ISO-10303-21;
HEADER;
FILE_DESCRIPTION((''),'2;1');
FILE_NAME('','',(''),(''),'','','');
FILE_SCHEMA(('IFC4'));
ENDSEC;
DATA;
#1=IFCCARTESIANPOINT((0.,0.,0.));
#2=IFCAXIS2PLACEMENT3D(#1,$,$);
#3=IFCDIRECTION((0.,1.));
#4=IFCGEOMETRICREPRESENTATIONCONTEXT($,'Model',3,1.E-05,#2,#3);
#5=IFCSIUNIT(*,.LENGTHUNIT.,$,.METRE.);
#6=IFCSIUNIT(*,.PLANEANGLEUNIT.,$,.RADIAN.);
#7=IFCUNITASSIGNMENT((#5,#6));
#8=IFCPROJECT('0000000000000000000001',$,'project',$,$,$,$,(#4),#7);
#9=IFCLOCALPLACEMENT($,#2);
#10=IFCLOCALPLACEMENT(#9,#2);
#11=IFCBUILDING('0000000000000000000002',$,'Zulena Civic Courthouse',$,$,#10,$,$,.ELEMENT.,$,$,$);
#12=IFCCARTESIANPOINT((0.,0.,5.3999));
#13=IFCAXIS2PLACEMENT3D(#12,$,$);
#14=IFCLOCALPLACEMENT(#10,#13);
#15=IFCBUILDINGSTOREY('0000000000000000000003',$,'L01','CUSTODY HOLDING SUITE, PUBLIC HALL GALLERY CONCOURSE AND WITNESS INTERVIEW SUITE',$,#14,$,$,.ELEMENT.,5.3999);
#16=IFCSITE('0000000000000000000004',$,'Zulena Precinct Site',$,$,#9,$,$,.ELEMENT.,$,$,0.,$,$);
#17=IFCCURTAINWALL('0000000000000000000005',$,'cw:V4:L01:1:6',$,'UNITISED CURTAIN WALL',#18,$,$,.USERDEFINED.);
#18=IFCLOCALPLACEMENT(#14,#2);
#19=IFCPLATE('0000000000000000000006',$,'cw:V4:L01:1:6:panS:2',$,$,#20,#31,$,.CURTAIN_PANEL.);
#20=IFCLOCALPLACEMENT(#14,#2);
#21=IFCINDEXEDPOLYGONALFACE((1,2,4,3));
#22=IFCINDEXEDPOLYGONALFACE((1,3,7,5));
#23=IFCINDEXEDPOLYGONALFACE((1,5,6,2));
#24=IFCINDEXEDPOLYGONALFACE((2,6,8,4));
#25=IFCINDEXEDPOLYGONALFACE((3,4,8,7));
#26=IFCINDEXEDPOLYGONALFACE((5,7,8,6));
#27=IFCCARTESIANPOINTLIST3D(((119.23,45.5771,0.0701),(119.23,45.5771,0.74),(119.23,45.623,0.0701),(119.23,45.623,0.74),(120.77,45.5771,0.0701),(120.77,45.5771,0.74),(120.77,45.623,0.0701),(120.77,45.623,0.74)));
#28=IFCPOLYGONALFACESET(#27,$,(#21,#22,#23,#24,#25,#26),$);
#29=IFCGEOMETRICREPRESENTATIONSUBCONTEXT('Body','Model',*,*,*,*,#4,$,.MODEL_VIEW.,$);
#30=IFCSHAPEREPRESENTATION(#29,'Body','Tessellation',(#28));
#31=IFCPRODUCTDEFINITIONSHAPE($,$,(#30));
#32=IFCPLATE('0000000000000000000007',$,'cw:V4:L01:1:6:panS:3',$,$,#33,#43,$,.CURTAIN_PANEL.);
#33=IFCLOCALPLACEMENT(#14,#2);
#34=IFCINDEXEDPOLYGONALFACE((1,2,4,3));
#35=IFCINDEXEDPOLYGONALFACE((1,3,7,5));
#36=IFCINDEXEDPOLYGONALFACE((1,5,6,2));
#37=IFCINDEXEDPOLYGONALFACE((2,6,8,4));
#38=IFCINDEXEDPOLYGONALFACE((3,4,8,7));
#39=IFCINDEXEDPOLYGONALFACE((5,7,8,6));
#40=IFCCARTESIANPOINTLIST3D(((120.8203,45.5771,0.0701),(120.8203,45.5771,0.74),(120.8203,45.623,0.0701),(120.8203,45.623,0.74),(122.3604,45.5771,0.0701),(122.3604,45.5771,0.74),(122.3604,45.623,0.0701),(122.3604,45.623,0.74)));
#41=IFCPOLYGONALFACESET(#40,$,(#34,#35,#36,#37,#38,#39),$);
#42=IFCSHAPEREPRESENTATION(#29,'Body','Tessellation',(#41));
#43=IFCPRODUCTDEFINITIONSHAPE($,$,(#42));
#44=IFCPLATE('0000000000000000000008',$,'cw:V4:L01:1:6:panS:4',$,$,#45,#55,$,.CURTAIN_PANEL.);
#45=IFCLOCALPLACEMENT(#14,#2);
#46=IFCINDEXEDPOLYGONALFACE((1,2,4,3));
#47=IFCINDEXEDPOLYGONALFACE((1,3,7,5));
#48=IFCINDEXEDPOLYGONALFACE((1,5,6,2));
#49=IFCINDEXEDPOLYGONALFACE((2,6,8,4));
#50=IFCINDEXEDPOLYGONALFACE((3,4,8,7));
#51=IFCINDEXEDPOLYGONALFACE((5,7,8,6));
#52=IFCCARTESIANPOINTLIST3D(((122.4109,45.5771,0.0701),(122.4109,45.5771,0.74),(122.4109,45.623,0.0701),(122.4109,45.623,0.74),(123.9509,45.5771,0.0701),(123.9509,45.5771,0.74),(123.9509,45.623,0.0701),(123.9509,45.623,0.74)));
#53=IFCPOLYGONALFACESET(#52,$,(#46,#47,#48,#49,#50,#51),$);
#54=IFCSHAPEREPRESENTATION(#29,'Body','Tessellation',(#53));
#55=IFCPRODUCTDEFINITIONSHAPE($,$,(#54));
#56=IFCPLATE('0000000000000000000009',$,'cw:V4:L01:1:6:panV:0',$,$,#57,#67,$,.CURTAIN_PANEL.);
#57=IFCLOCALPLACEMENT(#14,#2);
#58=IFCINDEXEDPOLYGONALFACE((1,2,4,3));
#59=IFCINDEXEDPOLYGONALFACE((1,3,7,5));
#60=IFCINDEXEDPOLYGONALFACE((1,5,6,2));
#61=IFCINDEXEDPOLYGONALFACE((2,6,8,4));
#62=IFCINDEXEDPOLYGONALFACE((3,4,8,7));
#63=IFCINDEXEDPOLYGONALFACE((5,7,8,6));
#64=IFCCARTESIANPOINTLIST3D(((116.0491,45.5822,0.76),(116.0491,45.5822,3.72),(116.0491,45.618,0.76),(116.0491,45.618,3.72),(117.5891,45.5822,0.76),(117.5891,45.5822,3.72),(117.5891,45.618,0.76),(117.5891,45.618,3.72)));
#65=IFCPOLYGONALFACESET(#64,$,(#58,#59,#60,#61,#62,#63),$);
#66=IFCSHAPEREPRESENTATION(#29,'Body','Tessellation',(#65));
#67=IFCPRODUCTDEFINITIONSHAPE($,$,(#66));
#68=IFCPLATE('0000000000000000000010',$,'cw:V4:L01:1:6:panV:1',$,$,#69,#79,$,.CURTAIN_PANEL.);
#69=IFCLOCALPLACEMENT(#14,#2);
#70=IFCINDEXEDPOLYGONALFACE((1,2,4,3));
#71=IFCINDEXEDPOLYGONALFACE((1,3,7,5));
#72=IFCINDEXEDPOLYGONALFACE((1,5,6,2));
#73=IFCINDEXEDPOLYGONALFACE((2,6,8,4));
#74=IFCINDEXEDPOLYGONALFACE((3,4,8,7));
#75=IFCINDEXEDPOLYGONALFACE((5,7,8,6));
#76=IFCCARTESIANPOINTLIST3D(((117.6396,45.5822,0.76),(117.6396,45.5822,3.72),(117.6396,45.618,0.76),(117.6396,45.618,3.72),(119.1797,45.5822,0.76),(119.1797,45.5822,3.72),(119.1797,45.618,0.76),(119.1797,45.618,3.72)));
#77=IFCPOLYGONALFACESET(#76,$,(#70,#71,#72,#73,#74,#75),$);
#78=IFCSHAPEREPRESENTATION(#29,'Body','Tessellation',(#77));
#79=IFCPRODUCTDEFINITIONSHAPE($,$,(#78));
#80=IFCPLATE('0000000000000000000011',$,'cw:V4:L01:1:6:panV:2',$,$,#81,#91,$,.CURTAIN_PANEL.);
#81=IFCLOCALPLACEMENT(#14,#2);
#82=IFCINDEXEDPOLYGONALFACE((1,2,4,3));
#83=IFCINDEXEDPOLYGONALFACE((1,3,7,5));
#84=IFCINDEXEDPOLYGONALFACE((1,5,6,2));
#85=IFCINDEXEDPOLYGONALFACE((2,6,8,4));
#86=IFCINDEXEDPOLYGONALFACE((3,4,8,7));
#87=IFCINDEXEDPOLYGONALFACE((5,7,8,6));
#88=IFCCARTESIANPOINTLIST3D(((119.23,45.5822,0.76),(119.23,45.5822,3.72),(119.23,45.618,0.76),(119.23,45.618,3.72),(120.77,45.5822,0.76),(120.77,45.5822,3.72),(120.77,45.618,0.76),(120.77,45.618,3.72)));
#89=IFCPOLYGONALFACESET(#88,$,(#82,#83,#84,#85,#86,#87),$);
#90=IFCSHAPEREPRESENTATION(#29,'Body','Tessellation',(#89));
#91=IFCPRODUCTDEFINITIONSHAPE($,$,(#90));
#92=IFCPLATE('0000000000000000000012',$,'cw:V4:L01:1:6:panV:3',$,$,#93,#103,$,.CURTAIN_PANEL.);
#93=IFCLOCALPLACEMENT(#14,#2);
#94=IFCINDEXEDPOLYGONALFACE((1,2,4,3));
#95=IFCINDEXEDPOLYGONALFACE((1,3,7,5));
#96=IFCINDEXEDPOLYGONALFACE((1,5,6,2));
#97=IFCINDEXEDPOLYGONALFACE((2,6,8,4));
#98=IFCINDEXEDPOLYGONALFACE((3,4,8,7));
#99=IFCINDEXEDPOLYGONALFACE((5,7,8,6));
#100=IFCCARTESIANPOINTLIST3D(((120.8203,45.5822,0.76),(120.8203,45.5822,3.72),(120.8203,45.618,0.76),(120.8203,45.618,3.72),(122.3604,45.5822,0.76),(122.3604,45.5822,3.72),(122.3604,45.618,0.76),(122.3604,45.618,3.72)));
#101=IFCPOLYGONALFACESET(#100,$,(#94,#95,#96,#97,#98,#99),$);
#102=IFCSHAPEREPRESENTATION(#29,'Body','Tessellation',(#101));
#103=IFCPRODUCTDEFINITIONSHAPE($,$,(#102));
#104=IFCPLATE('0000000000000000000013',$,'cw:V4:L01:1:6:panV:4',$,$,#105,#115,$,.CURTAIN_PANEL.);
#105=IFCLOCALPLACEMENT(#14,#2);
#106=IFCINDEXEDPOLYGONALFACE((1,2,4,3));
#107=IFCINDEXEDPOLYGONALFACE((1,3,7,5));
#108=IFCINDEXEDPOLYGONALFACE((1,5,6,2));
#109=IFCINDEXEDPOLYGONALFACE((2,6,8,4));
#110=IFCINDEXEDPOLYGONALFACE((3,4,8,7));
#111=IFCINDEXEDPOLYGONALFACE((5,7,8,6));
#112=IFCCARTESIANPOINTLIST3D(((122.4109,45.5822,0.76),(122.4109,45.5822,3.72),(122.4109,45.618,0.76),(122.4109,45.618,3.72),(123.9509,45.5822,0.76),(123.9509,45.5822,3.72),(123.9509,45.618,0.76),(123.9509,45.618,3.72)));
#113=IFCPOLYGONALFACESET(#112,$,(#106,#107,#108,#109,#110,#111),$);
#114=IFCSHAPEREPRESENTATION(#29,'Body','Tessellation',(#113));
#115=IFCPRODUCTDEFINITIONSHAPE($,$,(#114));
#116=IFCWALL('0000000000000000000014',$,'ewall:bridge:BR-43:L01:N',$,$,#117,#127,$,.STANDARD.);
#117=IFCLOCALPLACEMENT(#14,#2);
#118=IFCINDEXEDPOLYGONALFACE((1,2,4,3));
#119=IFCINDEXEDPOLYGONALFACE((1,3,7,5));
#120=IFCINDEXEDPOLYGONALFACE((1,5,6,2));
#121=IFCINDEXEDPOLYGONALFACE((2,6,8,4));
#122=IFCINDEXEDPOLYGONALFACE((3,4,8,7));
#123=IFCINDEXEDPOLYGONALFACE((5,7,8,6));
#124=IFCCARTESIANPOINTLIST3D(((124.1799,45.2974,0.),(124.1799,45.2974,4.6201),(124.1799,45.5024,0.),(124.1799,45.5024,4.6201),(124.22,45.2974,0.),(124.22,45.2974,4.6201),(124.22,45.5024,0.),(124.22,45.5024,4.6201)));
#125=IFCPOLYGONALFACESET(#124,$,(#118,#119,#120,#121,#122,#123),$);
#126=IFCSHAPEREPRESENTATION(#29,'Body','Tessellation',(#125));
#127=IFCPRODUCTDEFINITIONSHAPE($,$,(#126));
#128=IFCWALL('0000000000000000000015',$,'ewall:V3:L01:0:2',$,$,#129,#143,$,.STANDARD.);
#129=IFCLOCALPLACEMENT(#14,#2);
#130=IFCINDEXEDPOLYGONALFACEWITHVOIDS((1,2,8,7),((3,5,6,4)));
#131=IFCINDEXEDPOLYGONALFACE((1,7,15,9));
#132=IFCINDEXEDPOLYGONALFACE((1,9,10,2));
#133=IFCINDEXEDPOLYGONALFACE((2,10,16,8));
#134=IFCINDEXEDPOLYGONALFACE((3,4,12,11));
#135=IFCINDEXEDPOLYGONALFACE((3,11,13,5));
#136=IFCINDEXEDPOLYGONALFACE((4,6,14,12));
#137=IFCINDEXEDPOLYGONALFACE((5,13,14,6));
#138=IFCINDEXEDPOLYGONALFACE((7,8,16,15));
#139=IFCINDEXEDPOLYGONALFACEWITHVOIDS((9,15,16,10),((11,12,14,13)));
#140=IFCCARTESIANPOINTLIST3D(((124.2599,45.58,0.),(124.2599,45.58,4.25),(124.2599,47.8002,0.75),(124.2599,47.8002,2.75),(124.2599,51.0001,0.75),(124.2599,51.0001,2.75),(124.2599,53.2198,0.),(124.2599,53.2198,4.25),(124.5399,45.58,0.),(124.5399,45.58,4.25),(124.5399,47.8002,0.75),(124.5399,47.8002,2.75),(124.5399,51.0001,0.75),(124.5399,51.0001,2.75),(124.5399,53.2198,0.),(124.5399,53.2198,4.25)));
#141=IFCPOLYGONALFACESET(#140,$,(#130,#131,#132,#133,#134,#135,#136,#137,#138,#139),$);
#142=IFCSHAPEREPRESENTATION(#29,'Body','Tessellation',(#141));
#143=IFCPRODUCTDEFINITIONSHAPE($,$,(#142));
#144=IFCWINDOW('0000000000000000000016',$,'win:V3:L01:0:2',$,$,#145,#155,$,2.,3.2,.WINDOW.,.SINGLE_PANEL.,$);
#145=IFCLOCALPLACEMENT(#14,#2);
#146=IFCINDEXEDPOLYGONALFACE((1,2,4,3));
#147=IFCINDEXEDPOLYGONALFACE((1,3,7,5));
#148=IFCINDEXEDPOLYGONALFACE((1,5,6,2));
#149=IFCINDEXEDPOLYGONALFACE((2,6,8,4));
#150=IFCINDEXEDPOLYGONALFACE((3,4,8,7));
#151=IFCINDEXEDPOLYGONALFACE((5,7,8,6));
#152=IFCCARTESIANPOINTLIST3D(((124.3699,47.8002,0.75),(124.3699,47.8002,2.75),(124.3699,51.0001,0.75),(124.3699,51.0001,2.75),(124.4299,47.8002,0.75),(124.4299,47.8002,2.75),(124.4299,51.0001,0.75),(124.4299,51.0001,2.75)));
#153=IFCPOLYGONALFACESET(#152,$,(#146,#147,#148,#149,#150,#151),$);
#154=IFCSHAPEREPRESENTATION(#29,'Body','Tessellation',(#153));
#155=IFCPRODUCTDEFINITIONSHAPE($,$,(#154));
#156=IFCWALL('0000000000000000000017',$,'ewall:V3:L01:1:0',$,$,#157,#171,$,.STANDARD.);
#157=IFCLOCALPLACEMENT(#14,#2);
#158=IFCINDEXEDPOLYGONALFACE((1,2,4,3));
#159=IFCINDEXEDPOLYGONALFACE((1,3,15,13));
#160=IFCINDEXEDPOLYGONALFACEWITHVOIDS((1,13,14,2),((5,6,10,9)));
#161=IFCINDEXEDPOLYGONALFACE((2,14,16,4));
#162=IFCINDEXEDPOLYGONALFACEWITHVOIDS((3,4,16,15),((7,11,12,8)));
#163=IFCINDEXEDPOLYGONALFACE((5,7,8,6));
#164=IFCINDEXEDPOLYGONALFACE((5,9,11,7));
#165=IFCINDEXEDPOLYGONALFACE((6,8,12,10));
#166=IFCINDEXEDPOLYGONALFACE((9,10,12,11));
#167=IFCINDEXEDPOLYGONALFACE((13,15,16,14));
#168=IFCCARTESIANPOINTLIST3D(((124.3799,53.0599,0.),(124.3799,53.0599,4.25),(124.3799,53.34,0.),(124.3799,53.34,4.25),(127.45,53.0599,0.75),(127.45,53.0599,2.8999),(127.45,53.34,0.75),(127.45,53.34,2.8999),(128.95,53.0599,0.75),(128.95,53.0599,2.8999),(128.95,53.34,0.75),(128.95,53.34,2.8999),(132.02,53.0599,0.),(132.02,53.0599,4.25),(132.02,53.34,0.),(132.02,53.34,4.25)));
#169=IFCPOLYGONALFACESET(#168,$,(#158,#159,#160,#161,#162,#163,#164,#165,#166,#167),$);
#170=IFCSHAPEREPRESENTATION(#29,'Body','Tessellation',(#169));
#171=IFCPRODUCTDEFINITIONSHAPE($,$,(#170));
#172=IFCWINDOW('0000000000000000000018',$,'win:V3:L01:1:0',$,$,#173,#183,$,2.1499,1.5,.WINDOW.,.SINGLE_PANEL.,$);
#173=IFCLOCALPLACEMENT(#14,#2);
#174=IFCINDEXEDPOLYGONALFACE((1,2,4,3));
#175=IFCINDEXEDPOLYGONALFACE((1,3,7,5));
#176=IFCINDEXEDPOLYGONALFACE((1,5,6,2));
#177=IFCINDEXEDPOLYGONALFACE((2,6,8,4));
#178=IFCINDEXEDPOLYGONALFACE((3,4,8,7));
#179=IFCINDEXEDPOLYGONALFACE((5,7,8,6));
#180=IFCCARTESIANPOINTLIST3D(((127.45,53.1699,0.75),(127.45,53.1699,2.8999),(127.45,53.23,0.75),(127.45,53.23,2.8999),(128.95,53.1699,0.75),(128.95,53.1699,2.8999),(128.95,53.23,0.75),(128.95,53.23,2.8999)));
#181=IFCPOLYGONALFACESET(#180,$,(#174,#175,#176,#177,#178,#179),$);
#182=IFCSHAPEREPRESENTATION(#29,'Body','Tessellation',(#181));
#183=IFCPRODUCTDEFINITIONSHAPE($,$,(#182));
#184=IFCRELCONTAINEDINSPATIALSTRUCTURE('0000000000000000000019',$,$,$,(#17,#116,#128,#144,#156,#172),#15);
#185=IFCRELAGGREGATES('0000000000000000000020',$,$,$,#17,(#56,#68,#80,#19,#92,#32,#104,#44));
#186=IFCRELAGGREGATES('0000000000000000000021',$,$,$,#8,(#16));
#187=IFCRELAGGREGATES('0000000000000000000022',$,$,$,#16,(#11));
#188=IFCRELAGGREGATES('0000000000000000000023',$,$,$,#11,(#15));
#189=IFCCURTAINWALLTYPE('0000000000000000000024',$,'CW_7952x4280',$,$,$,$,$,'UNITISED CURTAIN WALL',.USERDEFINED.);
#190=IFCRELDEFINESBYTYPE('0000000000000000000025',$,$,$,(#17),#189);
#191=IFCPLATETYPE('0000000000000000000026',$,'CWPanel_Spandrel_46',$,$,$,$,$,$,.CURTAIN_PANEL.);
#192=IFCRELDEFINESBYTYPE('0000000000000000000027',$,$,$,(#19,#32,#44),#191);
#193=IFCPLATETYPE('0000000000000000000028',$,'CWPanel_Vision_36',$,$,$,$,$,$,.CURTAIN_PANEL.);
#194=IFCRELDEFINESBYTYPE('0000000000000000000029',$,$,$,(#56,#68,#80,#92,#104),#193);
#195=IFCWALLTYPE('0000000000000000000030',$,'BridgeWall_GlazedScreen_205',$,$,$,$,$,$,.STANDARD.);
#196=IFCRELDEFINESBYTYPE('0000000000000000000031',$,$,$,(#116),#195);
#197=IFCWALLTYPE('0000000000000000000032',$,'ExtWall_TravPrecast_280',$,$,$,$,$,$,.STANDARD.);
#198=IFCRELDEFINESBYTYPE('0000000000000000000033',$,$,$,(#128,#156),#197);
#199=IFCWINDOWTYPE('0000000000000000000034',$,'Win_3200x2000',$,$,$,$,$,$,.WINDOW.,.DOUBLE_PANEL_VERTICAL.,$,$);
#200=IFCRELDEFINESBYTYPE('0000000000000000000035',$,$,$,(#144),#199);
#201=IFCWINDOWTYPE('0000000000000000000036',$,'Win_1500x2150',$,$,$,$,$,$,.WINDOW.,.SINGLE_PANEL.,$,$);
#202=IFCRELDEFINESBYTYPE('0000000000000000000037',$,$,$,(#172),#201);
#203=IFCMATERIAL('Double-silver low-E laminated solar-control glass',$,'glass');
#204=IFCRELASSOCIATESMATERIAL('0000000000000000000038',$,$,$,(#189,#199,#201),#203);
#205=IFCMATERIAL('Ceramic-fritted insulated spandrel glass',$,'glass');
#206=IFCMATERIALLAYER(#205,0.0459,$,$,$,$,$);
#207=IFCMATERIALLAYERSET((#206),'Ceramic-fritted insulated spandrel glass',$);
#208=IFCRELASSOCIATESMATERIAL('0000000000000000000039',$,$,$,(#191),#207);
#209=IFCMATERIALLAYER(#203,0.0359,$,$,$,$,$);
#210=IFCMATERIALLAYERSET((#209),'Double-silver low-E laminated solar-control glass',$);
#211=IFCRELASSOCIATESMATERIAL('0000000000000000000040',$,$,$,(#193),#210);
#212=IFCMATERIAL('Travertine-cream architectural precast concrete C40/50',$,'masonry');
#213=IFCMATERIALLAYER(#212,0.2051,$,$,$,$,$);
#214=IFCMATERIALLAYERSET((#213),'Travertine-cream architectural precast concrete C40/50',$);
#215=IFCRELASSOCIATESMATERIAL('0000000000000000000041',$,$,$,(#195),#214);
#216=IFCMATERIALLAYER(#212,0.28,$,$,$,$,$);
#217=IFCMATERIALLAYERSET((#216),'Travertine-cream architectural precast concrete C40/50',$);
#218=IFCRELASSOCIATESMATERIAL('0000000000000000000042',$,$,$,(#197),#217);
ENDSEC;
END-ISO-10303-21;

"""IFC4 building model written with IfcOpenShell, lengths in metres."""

from ifc_helpers import new_model, si_unit, direction, frame, frame_2d, origin, origin_2d, place, context, subcontext, project, spatial, rectangle, extrude, material, layer, layer_set, type_object, element, fill, aggregate, save


model = new_model("IFC4")

# Units and contexts
model_context = context("Model", 3, precision=1e-05, world=origin(), true_north=direction((0.0, 1.0)))
body_context = subcontext(model_context, "Body", "Model", "MODEL_VIEW")
ifc_project = project(units=[si_unit("LENGTHUNIT", "METRE"), si_unit("PLANEANGLEUNIT", "RADIAN")], contexts=[model_context])

# Site, building, storey
site_placement = place(None, origin())
site = spatial("IfcSite", under=ifc_project, at=site_placement, Name="Zulena Precinct Site", CompositionType="ELEMENT", RefElevation=0.0)
building_placement = place(site_placement, origin())
building = spatial("IfcBuilding", under=site, at=building_placement, Name="Zulena Civic Courthouse", CompositionType="ELEMENT")
storey_placement = place(building_placement, frame((0.0, 0.0, 5.3999)))
storey = spatial("IfcBuildingStorey", under=building, at=storey_placement, Name="L01", Description="CUSTODY HOLDING SUITE, PUBLIC HALL GALLERY CONCOURSE AND WITNESS INTERVIEW SUITE", CompositionType="ELEMENT", Elevation=5.3999)

# Curtain wall
ifc_material_1 = material(Name="Double-silver low-E laminated solar-control glass", Category="glass")
curtain_wall_type = type_object("IfcCurtainWallType", Name="CW_7952x4280", ElementType="UNITISED CURTAIN WALL", PredefinedType="USERDEFINED", material=ifc_material_1)
curtain_wall_placement = place(storey_placement, origin())
curtain_wall = element("IfcCurtainWall", 1, at=curtain_wall_placement, inside=storey, type_object=curtain_wall_type, Name="cw:V4:L01:1:6", ObjectType="UNITISED CURTAIN WALL", PredefinedType="USERDEFINED")

# Plates
ifc_material_2 = material(Name="Ceramic-fritted insulated spandrel glass", Category="glass")
ifc_layer_1 = layer(ifc_material_2, 0.0459)
ifc_layer_set_1 = layer_set([ifc_layer_1], Name="Ceramic-fritted insulated spandrel glass")
plate_type_1 = type_object("IfcPlateType", Name="CWPanel_Spandrel_46", PredefinedType="CURTAIN_PANEL", material=ifc_layer_set_1)
plate_1_placement = place(storey_placement, frame((120.0, 45.6001, 0.0701), z_axis=(0.0, 0.0, 1.0), x_axis=(1.0, 0.0, 0.0)))
plate_1 = element("IfcPlate", 2, at=plate_1_placement, type_object=plate_type_1, Name="cw:V4:L01:1:6:panS:2", PredefinedType="CURTAIN_PANEL", context=body_context, shape_type="SweptSolid", body=[
    extrude(rectangle(XDim=1.54, YDim=0.0459, at=origin_2d()), origin(), (0.0, 0.0, 1.0), 0.6699),
])
plate_2_placement = place(storey_placement, frame((121.5903, 45.6001, 0.0701), z_axis=(0.0, 0.0, 1.0), x_axis=(1.0, 0.0, 0.0)))
plate_2 = element("IfcPlate", 3, at=plate_2_placement, type_object=plate_type_1, Name="cw:V4:L01:1:6:panS:3", PredefinedType="CURTAIN_PANEL", context=body_context, shape_type="SweptSolid", body=[
    extrude(rectangle(XDim=1.54, YDim=0.0459, at=origin_2d()), origin(), (0.0, 0.0, 1.0), 0.6699),
])
plate_3_placement = place(storey_placement, frame((123.1809, 45.6001, 0.0701), z_axis=(0.0, 0.0, 1.0), x_axis=(1.0, 0.0, 0.0)))
plate_3 = element("IfcPlate", 4, at=plate_3_placement, type_object=plate_type_1, Name="cw:V4:L01:1:6:panS:4", PredefinedType="CURTAIN_PANEL", context=body_context, shape_type="SweptSolid", body=[
    extrude(rectangle(XDim=1.54, YDim=0.0459, at=origin_2d()), origin(), (0.0, 0.0, 1.0), 0.6699),
])
ifc_layer_2 = layer(ifc_material_1, 0.0359)
ifc_layer_set_2 = layer_set([ifc_layer_2], Name="Double-silver low-E laminated solar-control glass")
plate_type_2 = type_object("IfcPlateType", Name="CWPanel_Vision_36", PredefinedType="CURTAIN_PANEL", material=ifc_layer_set_2)
plate_4_placement = place(storey_placement, frame((116.8191, 45.6001, 0.76), z_axis=(0.0, 0.0, 1.0), x_axis=(1.0, 0.0, 0.0)))
plate_4 = element("IfcPlate", 5, at=plate_4_placement, type_object=plate_type_2, Name="cw:V4:L01:1:6:panV:0", PredefinedType="CURTAIN_PANEL", context=body_context, shape_type="SweptSolid", body=[
    extrude(rectangle(XDim=1.54, YDim=0.0359, at=origin_2d()), origin(), (0.0, 0.0, 1.0), 2.96),
])
plate_5_placement = place(storey_placement, frame((118.4097, 45.6001, 0.76), z_axis=(0.0, 0.0, 1.0), x_axis=(1.0, 0.0, 0.0)))
plate_5 = element("IfcPlate", 6, at=plate_5_placement, type_object=plate_type_2, Name="cw:V4:L01:1:6:panV:1", PredefinedType="CURTAIN_PANEL", context=body_context, shape_type="SweptSolid", body=[
    extrude(rectangle(XDim=1.54, YDim=0.0359, at=origin_2d()), origin(), (0.0, 0.0, 1.0), 2.96),
])
plate_6_placement = place(storey_placement, frame((120.0, 45.6001, 0.76), z_axis=(0.0, 0.0, 1.0), x_axis=(1.0, 0.0, 0.0)))
plate_6 = element("IfcPlate", 7, at=plate_6_placement, type_object=plate_type_2, Name="cw:V4:L01:1:6:panV:2", PredefinedType="CURTAIN_PANEL", context=body_context, shape_type="SweptSolid", body=[
    extrude(rectangle(XDim=1.54, YDim=0.0359, at=origin_2d()), origin(), (0.0, 0.0, 1.0), 2.96),
])
plate_7_placement = place(storey_placement, frame((121.5903, 45.6001, 0.76), z_axis=(0.0, 0.0, 1.0), x_axis=(1.0, 0.0, 0.0)))
plate_7 = element("IfcPlate", 8, at=plate_7_placement, type_object=plate_type_2, Name="cw:V4:L01:1:6:panV:3", PredefinedType="CURTAIN_PANEL", context=body_context, shape_type="SweptSolid", body=[
    extrude(rectangle(XDim=1.54, YDim=0.0359, at=origin_2d()), origin(), (0.0, 0.0, 1.0), 2.96),
])
plate_8_placement = place(storey_placement, frame((123.1809, 45.6001, 0.76), z_axis=(0.0, 0.0, 1.0), x_axis=(1.0, 0.0, 0.0)))
plate_8 = element("IfcPlate", 9, at=plate_8_placement, type_object=plate_type_2, Name="cw:V4:L01:1:6:panV:4", PredefinedType="CURTAIN_PANEL", context=body_context, shape_type="SweptSolid", body=[
    extrude(rectangle(XDim=1.54, YDim=0.0359, at=origin_2d()), origin(), (0.0, 0.0, 1.0), 2.96),
])
aggregate(curtain_wall, [plate_4, plate_5, plate_6, plate_1, plate_7, plate_2, plate_8, plate_3])

# Wall
ifc_material_3 = material(Name="Travertine-cream architectural precast concrete C40/50", Category="masonry")
ifc_layer_3 = layer(ifc_material_3, 0.2051)
ifc_layer_set_3 = layer_set([ifc_layer_3], Name="Travertine-cream architectural precast concrete C40/50")
wall_type_1 = type_object("IfcWallType", Name="BridgeWall_GlazedScreen_205", PredefinedType="STANDARD", material=ifc_layer_set_3)
wall_1_placement = place(storey_placement, frame((124.1799, 45.3999, 0.0), z_axis=(0.0, 0.0, 1.0), x_axis=(1.0, 0.0, 0.0)))
element("IfcWall", 10, at=wall_1_placement, inside=storey, type_object=wall_type_1, Name="ewall:bridge:BR-43:L01:N", PredefinedType="STANDARD", context=body_context, shape_type="SweptSolid", body=[
    extrude(rectangle(XDim=0.04, YDim=0.2051, at=frame_2d((0.02, 0.0))), origin(), (0.0, 0.0, 1.0), 4.6201),
])

# Walls, openings, windows
ifc_layer_4 = layer(ifc_material_3, 0.28)
ifc_layer_set_4 = layer_set([ifc_layer_4], Name="Travertine-cream architectural precast concrete C40/50")
wall_type_2 = type_object("IfcWallType", Name="ExtWall_TravPrecast_280", PredefinedType="STANDARD", material=ifc_layer_set_4)
wall_2_placement = place(storey_placement, frame((124.3999, 45.5801, 0.0), z_axis=(0.0, 0.0, 1.0), x_axis=(0.0, 1.0, 0.0)))
wall_2 = element("IfcWall", 11, at=wall_2_placement, inside=storey, type_object=wall_type_2, Name="ewall:V3:L01:0:2", PredefinedType="STANDARD", context=body_context, shape_type="SweptSolid", body=[
    extrude(rectangle(XDim=7.6399, YDim=0.28, at=frame_2d((3.8198, 0.0))), origin(), (0.0, 0.0, 1.0), 4.25),
])
opening_1_placement = place(wall_2_placement, frame((2.22, 0.0, 0.75)))
opening_1 = element("IfcOpeningElement", 12, at=opening_1_placement, cuts=wall_2, PredefinedType="OPENING", context=body_context, shape_type="SweptSolid", body=[
    extrude(rectangle(XDim=3.2, YDim=2.0, at=frame_2d((1.6001, 1.0))), frame((0.0, 0.1499, 0.0), z_axis=(0.0, -1.0, 0.0), x_axis=(1.0, 0.0, 0.0)), (0.0, 0.0, 1.0), 0.3),
])
window_type_1 = type_object("IfcWindowType", Name="Win_3200x2000", PartitioningType="DOUBLE_PANEL_VERTICAL", PredefinedType="WINDOW", material=ifc_material_1)
window_1_placement = place(opening_1_placement, origin())
window_1 = element("IfcWindow", 13, at=window_1_placement, inside=storey, type_object=window_type_1, Name="win:V3:L01:0:2", OverallHeight=2.0, OverallWidth=3.2, PartitioningType="SINGLE_PANEL", PredefinedType="WINDOW", context=body_context, shape_type="SweptSolid", body=[
    extrude(rectangle(XDim=3.2, YDim=2.0, at=frame_2d((1.6001, 1.0))), frame((0.0, 0.03, 0.0), z_axis=(0.0, -1.0, 0.0), x_axis=(1.0, 0.0, 0.0)), (0.0, 0.0, 1.0), 0.0601),
])
fill(opening_1, window_1)
wall_3_placement = place(storey_placement, frame((124.3799, 53.2, 0.0), z_axis=(0.0, 0.0, 1.0), x_axis=(1.0, 0.0, 0.0)))
wall_3 = element("IfcWall", 14, at=wall_3_placement, inside=storey, type_object=wall_type_2, Name="ewall:V3:L01:1:0", PredefinedType="STANDARD", context=body_context, shape_type="SweptSolid", body=[
    extrude(rectangle(XDim=7.6401, YDim=0.28, at=frame_2d((3.8201, 0.0))), origin(), (0.0, 0.0, 1.0), 4.25),
])
opening_2_placement = place(wall_3_placement, frame((3.0701, 0.0, 0.75)))
opening_2 = element("IfcOpeningElement", 15, at=opening_2_placement, cuts=wall_3, PredefinedType="OPENING", context=body_context, shape_type="SweptSolid", body=[
    extrude(rectangle(XDim=1.5, YDim=2.1499, at=frame_2d((0.75, 1.075))), frame((0.0, 0.1499, 0.0), z_axis=(0.0, -1.0, 0.0), x_axis=(1.0, 0.0, 0.0)), (0.0, 0.0, 1.0), 0.3),
])
window_type_2 = type_object("IfcWindowType", Name="Win_1500x2150", PartitioningType="SINGLE_PANEL", PredefinedType="WINDOW", material=ifc_material_1)
window_2_placement = place(opening_2_placement, origin())
window_2 = element("IfcWindow", 16, at=window_2_placement, inside=storey, type_object=window_type_2, Name="win:V3:L01:1:0", OverallHeight=2.1499, OverallWidth=1.5, PartitioningType="SINGLE_PANEL", PredefinedType="WINDOW", context=body_context, shape_type="SweptSolid", body=[
    extrude(rectangle(XDim=1.5, YDim=2.1499, at=frame_2d((0.75, 1.075))), frame((0.0, 0.03, 0.0), z_axis=(0.0, -1.0, 0.0), x_axis=(1.0, 0.0, 0.0)), (0.0, 0.0, 1.0), 0.0601),
])
fill(opening_2, window_2)

save(model, "model.ifc")
